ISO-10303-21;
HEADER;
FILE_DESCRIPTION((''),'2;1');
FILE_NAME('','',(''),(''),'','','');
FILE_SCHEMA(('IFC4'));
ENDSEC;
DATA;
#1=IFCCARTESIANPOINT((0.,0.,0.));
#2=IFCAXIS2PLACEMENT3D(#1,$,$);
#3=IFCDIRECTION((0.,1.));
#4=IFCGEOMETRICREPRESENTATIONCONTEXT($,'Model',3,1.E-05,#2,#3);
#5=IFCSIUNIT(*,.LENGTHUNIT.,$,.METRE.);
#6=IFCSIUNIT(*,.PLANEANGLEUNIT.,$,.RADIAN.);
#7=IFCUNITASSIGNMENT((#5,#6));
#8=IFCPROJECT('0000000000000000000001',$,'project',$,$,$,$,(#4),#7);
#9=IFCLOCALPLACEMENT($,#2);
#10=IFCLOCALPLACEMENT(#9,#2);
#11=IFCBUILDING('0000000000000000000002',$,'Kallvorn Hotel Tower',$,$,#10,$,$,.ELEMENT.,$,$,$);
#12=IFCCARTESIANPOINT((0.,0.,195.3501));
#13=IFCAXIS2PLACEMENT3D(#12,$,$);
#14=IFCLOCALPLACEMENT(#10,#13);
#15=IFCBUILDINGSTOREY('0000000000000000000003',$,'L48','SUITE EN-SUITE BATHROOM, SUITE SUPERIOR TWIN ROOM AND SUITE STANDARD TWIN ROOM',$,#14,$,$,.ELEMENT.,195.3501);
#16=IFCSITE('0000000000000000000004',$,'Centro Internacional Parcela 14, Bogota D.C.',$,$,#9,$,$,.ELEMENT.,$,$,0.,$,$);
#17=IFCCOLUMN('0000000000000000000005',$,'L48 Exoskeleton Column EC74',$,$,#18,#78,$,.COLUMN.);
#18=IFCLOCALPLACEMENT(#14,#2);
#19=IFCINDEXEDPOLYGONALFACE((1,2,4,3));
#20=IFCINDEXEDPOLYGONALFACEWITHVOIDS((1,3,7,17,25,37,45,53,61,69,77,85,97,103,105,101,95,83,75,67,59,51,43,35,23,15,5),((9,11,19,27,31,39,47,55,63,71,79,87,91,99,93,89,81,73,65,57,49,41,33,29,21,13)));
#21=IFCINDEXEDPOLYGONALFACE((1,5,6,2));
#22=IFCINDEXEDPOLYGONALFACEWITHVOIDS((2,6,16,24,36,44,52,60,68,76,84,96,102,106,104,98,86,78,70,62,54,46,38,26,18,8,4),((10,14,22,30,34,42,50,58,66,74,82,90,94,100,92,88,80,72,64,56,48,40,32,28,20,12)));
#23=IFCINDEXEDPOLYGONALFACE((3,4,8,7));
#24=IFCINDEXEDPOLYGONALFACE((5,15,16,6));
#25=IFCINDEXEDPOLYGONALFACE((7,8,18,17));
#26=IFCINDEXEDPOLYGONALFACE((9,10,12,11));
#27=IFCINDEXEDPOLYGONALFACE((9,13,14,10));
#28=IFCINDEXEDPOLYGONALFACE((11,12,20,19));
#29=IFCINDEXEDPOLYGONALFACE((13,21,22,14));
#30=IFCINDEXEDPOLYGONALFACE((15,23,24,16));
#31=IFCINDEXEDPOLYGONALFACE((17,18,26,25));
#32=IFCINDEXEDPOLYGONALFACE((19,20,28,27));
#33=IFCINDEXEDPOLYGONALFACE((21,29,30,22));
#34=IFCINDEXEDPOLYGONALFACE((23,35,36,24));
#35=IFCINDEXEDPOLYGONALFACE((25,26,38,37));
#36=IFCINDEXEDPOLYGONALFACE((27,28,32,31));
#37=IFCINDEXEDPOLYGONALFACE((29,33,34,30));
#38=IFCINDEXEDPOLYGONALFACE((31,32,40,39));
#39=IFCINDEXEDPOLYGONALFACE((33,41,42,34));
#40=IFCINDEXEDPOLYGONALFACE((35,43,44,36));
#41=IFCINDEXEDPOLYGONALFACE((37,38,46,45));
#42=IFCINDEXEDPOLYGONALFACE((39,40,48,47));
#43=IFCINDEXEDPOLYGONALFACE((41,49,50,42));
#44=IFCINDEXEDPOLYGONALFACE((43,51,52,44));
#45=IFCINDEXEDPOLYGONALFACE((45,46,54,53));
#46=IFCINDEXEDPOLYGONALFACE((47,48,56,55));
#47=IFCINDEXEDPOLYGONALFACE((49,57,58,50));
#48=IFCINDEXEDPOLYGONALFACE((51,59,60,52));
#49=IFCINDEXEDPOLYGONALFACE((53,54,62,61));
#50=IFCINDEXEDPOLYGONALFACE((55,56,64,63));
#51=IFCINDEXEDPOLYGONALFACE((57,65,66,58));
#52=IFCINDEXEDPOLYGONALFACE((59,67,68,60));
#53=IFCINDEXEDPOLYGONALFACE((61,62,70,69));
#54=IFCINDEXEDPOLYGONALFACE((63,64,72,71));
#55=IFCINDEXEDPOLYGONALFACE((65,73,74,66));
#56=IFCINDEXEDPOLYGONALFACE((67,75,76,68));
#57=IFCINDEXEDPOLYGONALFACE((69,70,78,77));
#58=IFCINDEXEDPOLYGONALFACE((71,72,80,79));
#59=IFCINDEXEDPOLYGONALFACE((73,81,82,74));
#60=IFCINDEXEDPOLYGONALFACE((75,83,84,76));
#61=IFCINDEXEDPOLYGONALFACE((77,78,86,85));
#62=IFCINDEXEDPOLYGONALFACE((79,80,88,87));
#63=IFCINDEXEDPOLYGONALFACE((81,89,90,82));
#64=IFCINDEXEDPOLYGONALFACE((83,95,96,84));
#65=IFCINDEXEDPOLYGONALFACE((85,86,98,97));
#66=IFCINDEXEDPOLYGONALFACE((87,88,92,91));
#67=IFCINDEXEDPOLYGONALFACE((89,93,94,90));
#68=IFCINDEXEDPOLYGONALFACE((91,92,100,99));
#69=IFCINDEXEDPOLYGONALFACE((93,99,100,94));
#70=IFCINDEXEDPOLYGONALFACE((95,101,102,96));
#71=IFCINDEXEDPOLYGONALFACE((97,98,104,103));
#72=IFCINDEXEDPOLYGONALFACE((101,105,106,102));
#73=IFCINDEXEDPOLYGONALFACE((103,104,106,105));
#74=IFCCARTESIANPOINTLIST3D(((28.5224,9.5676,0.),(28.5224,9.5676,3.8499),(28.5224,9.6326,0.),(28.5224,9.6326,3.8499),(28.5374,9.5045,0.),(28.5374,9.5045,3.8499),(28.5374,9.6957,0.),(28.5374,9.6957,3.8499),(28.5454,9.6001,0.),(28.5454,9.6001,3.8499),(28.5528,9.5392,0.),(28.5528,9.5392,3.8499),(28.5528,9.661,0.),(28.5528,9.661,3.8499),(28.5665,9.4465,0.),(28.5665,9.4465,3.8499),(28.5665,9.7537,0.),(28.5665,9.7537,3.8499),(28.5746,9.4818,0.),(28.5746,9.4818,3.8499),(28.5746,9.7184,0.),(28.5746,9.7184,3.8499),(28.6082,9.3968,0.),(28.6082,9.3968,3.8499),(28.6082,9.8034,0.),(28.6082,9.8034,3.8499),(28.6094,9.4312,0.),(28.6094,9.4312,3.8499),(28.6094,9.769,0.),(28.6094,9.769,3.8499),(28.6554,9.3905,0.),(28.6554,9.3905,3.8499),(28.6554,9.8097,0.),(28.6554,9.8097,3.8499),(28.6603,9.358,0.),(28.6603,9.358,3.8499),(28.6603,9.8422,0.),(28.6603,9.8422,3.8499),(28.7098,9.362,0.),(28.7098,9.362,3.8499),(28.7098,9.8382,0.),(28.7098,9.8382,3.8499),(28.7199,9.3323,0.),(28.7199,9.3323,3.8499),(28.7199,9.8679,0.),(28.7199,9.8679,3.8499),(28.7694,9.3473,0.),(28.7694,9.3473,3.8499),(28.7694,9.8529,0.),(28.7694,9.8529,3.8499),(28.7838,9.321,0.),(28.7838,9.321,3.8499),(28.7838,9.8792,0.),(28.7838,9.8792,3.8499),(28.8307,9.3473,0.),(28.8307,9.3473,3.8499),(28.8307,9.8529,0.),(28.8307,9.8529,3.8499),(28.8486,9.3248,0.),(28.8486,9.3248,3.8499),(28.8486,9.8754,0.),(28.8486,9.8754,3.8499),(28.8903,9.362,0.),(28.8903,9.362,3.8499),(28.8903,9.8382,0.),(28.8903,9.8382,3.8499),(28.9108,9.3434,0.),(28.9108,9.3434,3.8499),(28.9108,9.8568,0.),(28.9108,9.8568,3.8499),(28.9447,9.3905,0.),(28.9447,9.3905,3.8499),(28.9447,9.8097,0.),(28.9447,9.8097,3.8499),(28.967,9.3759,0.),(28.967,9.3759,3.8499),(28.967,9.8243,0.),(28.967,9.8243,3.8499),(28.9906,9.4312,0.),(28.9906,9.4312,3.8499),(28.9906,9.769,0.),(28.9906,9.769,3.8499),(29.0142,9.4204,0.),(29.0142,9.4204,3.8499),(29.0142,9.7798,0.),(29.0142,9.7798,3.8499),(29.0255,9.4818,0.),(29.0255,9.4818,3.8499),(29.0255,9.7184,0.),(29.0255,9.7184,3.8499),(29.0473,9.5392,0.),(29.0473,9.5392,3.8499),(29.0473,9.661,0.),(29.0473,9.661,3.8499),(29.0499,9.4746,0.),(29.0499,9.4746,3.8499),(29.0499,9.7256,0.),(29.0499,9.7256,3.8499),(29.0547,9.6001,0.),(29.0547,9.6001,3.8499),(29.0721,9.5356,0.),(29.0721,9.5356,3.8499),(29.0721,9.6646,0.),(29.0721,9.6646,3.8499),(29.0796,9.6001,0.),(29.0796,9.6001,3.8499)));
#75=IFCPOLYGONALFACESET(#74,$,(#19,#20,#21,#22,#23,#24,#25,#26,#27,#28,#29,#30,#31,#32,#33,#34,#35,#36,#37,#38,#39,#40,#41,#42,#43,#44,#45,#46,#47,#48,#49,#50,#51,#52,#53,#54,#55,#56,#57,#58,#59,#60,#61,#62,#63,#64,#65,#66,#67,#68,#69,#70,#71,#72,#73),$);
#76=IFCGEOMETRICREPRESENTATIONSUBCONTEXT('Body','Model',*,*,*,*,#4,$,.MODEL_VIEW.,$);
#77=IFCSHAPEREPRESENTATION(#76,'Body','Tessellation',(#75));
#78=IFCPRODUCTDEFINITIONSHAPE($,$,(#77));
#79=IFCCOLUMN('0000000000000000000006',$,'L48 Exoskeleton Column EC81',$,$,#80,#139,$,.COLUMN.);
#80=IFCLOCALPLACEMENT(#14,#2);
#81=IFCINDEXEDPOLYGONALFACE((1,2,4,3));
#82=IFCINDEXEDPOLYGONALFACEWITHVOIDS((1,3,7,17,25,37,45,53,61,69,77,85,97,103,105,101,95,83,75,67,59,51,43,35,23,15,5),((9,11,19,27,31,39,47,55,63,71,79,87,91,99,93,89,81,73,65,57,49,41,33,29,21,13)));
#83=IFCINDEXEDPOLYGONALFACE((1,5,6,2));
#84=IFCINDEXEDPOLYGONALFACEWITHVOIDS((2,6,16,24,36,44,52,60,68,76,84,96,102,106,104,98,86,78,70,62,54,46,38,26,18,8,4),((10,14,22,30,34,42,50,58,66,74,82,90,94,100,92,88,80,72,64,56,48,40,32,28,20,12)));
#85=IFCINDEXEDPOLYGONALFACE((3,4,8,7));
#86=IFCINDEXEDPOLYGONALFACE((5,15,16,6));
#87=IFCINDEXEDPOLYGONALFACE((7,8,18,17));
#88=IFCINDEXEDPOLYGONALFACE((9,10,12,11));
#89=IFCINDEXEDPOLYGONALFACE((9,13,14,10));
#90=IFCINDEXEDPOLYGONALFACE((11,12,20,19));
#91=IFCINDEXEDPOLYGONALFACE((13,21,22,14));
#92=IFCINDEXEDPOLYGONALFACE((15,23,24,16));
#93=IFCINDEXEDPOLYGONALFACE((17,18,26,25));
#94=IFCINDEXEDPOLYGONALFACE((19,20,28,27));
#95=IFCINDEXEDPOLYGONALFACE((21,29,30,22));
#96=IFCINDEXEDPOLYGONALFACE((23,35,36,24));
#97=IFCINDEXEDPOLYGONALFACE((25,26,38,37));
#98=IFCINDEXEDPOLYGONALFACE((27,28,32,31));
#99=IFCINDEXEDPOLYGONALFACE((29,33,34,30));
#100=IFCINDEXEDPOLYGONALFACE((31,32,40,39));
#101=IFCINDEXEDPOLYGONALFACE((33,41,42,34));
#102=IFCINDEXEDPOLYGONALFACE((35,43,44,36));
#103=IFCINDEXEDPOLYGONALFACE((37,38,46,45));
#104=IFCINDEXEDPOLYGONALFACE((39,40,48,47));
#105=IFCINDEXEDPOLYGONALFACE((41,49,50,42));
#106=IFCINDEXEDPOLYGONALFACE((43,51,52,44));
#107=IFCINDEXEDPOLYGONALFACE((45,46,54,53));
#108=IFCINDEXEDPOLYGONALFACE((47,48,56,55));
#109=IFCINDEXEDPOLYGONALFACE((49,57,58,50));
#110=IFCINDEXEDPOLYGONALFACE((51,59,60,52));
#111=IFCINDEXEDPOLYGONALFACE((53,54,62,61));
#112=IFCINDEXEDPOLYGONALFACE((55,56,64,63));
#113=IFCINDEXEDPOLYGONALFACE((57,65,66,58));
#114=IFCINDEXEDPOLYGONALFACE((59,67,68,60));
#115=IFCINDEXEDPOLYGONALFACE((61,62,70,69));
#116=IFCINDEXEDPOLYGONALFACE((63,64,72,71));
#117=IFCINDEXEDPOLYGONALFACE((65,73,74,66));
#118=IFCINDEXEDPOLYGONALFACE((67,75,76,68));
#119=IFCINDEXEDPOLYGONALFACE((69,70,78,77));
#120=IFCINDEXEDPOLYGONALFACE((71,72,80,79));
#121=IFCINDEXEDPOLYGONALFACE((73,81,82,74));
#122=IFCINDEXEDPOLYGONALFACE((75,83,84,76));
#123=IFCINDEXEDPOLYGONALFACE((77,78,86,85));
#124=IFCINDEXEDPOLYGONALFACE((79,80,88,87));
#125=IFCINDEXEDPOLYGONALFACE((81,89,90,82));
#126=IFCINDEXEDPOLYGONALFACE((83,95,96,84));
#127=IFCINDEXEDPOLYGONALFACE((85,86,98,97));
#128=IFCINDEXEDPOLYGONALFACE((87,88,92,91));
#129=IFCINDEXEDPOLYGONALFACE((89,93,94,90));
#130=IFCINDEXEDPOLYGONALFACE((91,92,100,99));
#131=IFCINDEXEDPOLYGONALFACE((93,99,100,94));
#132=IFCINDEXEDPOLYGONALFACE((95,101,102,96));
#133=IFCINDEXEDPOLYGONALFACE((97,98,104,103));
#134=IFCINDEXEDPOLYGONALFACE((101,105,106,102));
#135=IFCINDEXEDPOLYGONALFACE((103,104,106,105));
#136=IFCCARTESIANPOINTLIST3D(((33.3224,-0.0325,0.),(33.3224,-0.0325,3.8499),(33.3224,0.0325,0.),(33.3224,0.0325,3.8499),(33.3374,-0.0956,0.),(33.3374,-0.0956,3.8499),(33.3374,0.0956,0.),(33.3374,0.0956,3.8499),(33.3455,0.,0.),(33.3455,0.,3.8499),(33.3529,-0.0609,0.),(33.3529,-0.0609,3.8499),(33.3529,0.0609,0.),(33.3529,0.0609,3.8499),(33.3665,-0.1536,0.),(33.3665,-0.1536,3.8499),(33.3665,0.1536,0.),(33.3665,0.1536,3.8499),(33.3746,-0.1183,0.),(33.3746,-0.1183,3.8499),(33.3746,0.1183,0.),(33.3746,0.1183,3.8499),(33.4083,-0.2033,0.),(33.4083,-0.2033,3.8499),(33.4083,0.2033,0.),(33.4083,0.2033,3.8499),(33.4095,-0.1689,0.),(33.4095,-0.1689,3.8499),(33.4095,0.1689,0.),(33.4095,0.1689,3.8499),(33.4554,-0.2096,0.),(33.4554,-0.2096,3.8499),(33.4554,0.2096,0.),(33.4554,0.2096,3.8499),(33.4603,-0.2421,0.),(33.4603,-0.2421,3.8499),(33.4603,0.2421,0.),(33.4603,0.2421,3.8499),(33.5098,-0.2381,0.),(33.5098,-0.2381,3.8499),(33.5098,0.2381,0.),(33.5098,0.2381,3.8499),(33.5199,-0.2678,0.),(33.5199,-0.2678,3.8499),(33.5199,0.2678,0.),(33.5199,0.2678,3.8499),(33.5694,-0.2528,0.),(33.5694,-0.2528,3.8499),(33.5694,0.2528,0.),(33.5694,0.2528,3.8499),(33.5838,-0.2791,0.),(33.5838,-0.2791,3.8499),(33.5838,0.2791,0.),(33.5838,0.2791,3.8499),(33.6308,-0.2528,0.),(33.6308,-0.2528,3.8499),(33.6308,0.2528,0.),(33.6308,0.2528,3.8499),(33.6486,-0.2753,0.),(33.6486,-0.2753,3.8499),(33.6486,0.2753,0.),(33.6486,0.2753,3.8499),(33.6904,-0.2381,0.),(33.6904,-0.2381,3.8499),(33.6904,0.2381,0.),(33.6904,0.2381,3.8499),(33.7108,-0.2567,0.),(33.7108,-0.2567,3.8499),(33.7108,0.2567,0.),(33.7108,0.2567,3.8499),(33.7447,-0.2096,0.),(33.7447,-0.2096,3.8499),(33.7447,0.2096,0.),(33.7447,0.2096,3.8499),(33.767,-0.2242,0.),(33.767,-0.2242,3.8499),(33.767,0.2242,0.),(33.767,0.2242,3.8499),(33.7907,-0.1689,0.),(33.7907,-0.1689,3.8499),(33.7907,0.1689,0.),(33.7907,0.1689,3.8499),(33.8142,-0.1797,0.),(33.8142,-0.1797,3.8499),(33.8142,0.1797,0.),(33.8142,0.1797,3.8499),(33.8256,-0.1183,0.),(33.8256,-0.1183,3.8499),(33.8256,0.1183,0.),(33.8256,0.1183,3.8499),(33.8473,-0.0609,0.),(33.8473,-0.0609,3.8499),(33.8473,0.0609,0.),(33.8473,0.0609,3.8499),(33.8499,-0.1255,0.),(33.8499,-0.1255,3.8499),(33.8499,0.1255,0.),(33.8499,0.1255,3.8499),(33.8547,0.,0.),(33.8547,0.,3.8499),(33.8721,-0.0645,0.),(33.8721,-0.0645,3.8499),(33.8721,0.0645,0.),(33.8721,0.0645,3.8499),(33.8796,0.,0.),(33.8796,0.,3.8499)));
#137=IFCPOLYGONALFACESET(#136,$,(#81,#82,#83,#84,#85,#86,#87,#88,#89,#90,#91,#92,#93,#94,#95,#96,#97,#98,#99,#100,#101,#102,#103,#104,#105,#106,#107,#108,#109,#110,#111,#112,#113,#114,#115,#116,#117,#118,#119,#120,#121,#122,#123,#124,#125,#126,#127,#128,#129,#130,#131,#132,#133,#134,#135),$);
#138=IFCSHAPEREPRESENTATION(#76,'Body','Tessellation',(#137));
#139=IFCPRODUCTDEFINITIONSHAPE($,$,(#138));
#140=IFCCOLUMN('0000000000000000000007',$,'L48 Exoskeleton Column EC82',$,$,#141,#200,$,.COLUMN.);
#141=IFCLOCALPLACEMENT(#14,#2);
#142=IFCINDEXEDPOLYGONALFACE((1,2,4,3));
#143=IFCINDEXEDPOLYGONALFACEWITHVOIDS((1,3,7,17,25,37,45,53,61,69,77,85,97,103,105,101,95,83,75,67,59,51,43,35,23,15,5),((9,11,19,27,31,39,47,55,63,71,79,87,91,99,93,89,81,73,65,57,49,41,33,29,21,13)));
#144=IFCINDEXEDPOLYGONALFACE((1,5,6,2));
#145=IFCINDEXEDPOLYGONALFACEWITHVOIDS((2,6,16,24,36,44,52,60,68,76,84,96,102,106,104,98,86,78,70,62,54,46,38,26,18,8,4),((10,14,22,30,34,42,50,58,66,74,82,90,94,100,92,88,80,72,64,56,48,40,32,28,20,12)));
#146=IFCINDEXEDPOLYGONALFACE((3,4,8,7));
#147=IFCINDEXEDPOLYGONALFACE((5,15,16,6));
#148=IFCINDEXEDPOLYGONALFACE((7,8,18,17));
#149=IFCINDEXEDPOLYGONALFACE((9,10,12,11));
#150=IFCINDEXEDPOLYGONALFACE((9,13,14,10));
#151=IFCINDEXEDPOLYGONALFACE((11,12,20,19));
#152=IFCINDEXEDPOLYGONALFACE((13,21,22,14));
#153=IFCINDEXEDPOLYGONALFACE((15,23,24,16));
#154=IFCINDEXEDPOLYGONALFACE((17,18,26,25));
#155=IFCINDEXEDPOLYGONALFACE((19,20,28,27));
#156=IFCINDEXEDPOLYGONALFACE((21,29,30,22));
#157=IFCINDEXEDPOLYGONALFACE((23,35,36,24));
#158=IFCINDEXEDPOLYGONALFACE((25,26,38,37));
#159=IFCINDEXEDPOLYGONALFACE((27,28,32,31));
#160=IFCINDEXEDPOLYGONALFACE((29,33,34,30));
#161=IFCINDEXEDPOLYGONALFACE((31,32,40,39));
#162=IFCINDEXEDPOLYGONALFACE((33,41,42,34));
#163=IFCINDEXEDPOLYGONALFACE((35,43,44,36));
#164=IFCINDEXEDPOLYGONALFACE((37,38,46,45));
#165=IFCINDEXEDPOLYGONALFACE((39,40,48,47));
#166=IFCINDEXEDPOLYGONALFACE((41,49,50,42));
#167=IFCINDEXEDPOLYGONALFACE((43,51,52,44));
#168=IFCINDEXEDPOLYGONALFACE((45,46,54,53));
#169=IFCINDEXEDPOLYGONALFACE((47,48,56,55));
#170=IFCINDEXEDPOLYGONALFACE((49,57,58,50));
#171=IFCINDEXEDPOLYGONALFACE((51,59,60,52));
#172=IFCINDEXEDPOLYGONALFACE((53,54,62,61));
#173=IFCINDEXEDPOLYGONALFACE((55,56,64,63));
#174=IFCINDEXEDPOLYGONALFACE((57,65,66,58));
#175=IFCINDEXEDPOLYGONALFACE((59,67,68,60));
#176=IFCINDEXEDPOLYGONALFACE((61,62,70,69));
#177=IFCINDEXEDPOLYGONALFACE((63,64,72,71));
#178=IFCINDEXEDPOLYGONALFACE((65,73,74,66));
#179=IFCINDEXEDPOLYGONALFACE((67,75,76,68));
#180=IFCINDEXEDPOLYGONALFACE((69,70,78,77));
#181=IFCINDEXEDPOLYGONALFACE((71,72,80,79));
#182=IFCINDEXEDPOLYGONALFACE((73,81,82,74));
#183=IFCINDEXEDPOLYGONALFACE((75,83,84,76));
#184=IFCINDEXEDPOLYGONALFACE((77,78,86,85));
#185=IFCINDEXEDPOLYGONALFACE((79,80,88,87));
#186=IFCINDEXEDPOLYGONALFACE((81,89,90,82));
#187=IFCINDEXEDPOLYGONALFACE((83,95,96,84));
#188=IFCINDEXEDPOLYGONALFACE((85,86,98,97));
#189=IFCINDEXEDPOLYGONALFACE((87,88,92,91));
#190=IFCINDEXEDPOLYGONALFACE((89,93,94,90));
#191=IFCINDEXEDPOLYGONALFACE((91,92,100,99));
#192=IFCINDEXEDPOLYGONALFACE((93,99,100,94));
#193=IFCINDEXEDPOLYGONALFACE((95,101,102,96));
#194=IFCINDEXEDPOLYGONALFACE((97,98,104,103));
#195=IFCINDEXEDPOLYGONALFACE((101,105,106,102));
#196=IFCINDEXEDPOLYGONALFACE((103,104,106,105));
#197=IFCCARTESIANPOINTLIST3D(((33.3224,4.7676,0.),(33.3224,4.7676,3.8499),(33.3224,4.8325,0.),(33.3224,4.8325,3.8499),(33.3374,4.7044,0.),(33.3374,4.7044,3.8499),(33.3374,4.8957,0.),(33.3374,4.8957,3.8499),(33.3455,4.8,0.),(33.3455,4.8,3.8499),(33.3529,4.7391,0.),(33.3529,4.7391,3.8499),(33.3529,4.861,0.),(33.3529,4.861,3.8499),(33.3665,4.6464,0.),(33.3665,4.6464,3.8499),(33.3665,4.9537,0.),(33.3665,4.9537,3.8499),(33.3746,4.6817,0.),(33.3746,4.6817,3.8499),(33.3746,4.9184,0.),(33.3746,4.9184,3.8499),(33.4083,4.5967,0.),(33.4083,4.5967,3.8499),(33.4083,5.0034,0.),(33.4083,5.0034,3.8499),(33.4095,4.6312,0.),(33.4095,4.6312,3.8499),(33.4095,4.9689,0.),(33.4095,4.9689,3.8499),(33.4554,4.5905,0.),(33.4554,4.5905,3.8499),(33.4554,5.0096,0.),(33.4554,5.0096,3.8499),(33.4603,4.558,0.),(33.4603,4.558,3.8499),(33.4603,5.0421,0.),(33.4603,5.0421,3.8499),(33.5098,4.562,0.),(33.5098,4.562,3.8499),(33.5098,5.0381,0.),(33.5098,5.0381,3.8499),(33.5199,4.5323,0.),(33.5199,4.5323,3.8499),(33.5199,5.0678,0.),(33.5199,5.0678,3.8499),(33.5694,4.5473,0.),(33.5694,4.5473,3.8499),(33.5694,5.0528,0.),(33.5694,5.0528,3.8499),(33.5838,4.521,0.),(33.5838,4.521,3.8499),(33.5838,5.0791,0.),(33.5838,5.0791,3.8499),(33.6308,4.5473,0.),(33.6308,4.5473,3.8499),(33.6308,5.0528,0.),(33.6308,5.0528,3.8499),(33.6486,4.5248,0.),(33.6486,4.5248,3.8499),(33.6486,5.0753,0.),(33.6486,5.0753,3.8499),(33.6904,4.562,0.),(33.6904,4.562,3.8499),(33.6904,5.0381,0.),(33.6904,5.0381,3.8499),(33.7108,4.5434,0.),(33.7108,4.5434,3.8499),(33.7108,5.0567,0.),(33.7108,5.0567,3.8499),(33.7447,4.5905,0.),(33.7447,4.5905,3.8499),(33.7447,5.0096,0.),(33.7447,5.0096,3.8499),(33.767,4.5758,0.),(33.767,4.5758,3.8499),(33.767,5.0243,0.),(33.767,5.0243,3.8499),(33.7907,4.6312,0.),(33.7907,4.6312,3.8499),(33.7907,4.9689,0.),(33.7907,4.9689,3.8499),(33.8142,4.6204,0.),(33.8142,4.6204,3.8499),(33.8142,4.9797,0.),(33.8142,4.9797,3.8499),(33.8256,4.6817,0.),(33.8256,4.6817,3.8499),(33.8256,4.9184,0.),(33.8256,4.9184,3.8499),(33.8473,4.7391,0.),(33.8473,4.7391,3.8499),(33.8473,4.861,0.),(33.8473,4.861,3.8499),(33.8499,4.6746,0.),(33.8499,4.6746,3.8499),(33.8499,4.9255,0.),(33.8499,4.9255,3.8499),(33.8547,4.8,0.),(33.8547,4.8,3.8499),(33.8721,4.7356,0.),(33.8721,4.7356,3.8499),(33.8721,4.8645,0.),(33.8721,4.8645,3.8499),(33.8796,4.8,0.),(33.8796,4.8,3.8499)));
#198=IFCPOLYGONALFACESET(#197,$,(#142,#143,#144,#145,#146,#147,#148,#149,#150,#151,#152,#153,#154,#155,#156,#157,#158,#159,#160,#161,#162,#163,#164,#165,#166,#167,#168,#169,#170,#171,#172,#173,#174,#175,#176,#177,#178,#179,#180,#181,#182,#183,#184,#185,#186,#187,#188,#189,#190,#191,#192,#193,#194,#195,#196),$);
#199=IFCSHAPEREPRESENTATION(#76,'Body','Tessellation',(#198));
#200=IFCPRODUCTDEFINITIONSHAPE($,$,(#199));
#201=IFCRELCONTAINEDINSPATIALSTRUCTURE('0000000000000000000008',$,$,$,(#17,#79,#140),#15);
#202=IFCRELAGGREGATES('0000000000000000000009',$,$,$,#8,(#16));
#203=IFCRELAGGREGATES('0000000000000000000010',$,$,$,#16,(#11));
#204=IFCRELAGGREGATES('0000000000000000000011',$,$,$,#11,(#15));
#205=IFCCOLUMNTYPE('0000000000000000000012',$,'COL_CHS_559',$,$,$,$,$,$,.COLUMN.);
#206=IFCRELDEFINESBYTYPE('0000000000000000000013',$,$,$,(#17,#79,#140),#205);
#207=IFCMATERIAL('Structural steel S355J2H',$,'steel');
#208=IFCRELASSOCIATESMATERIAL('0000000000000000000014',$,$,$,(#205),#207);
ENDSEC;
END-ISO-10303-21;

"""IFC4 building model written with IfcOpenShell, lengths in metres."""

from ifc_helpers import new_model, si_unit, direction, frame, origin, origin_2d, place, context, subcontext, project, spatial, hollow_circle, extrude, material, material_profile, profile_set, type_object, element, save


model = new_model("IFC4")

# Units and contexts
model_context = context("Model", 3, precision=1e-05, world=origin(), true_north=direction((0.0, 1.0)))
body_context = subcontext(model_context, "Body", "Model", "MODEL_VIEW")
ifc_project = project(units=[si_unit("LENGTHUNIT", "METRE"), si_unit("PLANEANGLEUNIT", "RADIAN")], contexts=[model_context])

# Site, building, storey
site_placement = place(None, origin())
site = spatial("IfcSite", under=ifc_project, at=site_placement, Name="Centro Internacional Parcela 14, Bogota D.C.", CompositionType="ELEMENT", RefElevation=0.0)
building_placement = place(site_placement, origin())
building = spatial("IfcBuilding", under=site, at=building_placement, Name="Kallvorn Hotel Tower", CompositionType="ELEMENT")
storey_placement = place(building_placement, frame((0.0, 0.0, 195.3501)))
storey = spatial("IfcBuildingStorey", under=building, at=storey_placement, Name="L48", Description="SUITE EN-SUITE BATHROOM, SUITE SUPERIOR TWIN ROOM AND SUITE STANDARD TWIN ROOM", CompositionType="ELEMENT", Elevation=195.3501)

# Columns
ifc_material_1 = material(Name="Structural steel S355J2H", Category="steel")
ifc_material_profile_1 = material_profile(ifc_material_1, hollow_circle(Radius=0.2795, WallThickness=0.0249, at=origin_2d()), Name="CHS 559x25")
ifc_profile_set_1 = profile_set([ifc_material_profile_1], Name="Structural steel S355J2H")
column_type_1 = type_object("IfcColumnType", Name="COL_CHS_559", PredefinedType="COLUMN", material=ifc_profile_set_1)
for number, where, z_axis, x_axis, name in (
    (1, (28.8, 9.6001, 0.0), (0.0, 0.0, 1.0), (1.0, 0.0, 0.0), "L48 Exoskeleton Column EC74"),
    (2, (33.6001, 0.0, 0.0), (0.0, 0.0, 1.0), (1.0, 0.0, 0.0), "L48 Exoskeleton Column EC81"),
    (3, (33.6001, 4.8, 0.0), (0.0, 0.0, 1.0), (1.0, 0.0, 0.0), "L48 Exoskeleton Column EC82"),
):
    element("IfcColumn", number, at=place(storey_placement, frame(where, z_axis=z_axis, x_axis=x_axis)), inside=storey, type_object=column_type_1, Name=name, PredefinedType="COLUMN", context=body_context, shape_type="SweptSolid", body=[
        extrude(hollow_circle(Radius=0.2795, WallThickness=0.0249, at=origin_2d()), origin(), (0.0, 0.0, 1.0), 3.8499),
    ])

save(model, "model.ifc")
